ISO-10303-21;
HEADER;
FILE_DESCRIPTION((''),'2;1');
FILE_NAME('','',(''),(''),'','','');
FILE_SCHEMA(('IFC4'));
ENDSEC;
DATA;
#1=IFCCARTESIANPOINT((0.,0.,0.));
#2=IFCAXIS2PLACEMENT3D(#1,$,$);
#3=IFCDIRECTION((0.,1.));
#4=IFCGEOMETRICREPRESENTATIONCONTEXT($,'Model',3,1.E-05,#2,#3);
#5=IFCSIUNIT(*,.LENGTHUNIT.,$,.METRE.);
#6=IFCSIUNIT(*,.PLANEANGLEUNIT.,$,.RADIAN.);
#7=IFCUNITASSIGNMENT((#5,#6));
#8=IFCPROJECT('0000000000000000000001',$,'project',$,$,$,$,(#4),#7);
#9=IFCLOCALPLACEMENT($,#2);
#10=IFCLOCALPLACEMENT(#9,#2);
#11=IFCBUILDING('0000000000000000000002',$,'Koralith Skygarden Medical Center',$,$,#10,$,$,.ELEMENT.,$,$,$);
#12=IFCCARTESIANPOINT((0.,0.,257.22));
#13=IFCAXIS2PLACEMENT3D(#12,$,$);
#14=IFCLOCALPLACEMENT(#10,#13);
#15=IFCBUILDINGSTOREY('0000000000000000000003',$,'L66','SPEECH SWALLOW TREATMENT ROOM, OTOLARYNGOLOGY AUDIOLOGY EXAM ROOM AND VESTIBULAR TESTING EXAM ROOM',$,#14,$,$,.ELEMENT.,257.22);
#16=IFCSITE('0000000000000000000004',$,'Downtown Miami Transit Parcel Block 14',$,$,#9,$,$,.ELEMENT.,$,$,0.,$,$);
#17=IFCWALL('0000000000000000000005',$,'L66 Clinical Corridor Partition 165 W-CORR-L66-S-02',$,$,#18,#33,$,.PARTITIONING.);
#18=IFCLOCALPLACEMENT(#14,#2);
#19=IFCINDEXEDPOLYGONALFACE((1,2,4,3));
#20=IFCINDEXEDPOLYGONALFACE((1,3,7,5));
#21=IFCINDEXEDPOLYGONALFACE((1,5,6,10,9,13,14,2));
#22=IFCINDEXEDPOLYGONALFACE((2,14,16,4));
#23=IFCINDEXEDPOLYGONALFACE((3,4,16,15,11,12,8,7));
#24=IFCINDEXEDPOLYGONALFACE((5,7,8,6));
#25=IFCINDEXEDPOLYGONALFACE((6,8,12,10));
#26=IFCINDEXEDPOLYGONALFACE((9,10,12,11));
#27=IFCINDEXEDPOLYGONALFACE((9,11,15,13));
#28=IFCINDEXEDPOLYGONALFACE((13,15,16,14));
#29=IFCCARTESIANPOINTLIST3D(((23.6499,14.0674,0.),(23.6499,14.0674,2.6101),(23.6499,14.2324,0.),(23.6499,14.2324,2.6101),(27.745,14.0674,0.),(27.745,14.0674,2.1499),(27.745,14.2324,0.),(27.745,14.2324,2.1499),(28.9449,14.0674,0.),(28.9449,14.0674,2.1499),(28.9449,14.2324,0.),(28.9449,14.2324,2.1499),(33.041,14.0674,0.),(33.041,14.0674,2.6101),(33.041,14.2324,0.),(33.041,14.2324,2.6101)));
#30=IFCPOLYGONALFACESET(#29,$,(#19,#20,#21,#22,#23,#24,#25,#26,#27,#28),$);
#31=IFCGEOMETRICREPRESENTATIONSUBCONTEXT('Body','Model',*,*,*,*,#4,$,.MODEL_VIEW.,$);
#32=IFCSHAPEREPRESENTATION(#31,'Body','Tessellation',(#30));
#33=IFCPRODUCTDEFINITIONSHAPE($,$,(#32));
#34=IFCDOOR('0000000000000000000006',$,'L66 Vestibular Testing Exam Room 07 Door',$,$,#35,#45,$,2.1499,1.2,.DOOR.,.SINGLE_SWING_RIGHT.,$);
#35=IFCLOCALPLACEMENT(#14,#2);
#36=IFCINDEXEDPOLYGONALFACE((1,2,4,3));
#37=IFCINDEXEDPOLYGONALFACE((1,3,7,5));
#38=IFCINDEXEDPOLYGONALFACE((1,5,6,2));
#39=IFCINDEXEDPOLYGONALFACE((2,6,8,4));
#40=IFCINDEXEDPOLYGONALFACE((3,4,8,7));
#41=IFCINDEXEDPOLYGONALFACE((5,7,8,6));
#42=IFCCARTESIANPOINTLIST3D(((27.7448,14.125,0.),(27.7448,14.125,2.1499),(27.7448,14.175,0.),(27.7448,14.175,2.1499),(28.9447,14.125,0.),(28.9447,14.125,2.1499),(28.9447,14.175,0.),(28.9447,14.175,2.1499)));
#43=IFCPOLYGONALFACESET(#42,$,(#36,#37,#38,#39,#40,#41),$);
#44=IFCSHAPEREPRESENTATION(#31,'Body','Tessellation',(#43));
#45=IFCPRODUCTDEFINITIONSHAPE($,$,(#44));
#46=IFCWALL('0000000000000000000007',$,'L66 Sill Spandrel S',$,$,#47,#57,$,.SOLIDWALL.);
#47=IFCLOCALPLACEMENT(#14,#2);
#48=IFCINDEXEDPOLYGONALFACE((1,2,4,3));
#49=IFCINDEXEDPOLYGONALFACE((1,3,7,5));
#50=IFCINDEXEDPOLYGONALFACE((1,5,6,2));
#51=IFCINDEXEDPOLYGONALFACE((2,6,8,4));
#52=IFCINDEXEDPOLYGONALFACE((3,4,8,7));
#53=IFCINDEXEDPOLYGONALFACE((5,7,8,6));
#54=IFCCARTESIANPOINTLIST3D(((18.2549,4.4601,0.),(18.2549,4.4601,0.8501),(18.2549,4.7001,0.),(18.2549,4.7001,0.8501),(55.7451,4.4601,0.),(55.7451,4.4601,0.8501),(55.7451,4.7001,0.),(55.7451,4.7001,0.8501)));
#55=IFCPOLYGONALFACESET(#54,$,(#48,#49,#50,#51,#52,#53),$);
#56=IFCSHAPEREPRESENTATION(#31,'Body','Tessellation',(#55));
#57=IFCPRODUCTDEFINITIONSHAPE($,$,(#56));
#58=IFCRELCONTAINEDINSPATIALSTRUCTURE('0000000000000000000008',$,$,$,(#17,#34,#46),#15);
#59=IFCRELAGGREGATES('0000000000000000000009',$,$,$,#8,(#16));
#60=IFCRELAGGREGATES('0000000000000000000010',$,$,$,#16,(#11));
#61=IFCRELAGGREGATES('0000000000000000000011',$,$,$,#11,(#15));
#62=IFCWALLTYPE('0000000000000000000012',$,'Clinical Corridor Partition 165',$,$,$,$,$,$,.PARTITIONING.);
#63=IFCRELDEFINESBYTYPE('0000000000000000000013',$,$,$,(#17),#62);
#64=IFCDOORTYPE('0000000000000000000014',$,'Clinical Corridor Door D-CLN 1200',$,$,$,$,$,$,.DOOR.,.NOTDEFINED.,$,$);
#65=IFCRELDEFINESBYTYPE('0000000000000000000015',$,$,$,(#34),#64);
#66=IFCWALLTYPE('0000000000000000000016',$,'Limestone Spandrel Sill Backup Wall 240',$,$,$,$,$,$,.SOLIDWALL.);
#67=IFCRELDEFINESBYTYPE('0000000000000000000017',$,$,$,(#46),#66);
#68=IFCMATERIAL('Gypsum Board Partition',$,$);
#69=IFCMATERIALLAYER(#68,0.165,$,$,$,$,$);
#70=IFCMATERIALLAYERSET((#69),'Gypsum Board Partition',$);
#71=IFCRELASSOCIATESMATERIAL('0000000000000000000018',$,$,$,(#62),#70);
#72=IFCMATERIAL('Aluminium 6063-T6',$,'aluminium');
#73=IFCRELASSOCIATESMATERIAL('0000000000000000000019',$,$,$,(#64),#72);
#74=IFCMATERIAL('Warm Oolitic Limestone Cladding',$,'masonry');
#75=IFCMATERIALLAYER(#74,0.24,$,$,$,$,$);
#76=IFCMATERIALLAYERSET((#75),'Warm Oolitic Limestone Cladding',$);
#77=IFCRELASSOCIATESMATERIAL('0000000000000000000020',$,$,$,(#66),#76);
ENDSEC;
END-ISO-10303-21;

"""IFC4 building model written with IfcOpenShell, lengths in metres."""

from ifc_helpers import new_model, si_unit, direction, frame, frame_2d, origin, place, context, subcontext, project, spatial, rectangle, extrude, material, layer, layer_set, type_object, element, fill, save


model = new_model("IFC4")

# Units and contexts
model_context = context("Model", 3, precision=1e-05, world=origin(), true_north=direction((0.0, 1.0)))
body_context = subcontext(model_context, "Body", "Model", "MODEL_VIEW")
ifc_project = project(units=[si_unit("LENGTHUNIT", "METRE"), si_unit("PLANEANGLEUNIT", "RADIAN")], contexts=[model_context])

# Site, building, storey
site_placement = place(None, origin())
site = spatial("IfcSite", under=ifc_project, at=site_placement, Name="Downtown Miami Transit Parcel Block 14", CompositionType="ELEMENT", RefElevation=0.0)
building_placement = place(site_placement, origin())
building = spatial("IfcBuilding", under=site, at=building_placement, Name="Koralith Skygarden Medical Center", CompositionType="ELEMENT")
storey_placement = place(building_placement, frame((0.0, 0.0, 257.22)))
storey = spatial("IfcBuildingStorey", under=building, at=storey_placement, Name="L66", Description="SPEECH SWALLOW TREATMENT ROOM, OTOLARYNGOLOGY AUDIOLOGY EXAM ROOM AND VESTIBULAR TESTING EXAM ROOM", CompositionType="ELEMENT", Elevation=257.22)

# Shared definitions
ifc_material_1 = material(Name="Aluminium 6063-T6", Category="aluminium")

# Shared definitions
ifc_material_2 = material(Name="Gypsum Board Partition")

# Wall, opening, door
ifc_layer_1 = layer(ifc_material_2, 0.165)
ifc_layer_set_1 = layer_set([ifc_layer_1], Name="Gypsum Board Partition")
wall_type_1 = type_object("IfcWallType", Name="Clinical Corridor Partition 165", PredefinedType="PARTITIONING", material=ifc_layer_set_1)
wall_1_placement = place(storey_placement, frame((23.6499, 14.1499, 0.0), z_axis=(0.0, 0.0, 1.0), x_axis=(1.0, 0.0, 0.0)))
wall_1 = element("IfcWall", 1, at=wall_1_placement, inside=storey, type_object=wall_type_1, Name="L66 Clinical Corridor Partition 165 W-CORR-L66-S-02", PredefinedType="PARTITIONING", context=body_context, shape_type="SweptSolid", body=[
    extrude(rectangle(XDim=9.3911, YDim=0.165, at=frame_2d((4.6956, 0.0))), origin(), (0.0, 0.0, 1.0), 2.6101),
])
opening_1_placement = place(wall_1_placement, frame((4.095, 0.0, 0.0)))
opening_1 = element("IfcOpeningElement", 2, at=opening_1_placement, cuts=wall_1, PredefinedType="OPENING", context=body_context, shape_type="SweptSolid", body=[
    extrude(rectangle(XDim=1.2, YDim=2.1499, at=frame_2d((0.6001, 1.075))), frame((0.0, 0.0925, 0.0), z_axis=(0.0, -1.0, 0.0), x_axis=(1.0, 0.0, 0.0)), (0.0, 0.0, 1.0), 0.1851),
])
door_type_1 = type_object("IfcDoorType", Name="Clinical Corridor Door D-CLN 1200", OperationType="NOTDEFINED", PredefinedType="DOOR", material=ifc_material_1)
door_1_placement = place(opening_1_placement, frame((1.2, 0.0, 0.0), z_axis=(0.0, 0.0, 1.0), x_axis=(-1.0, 0.0, 0.0)))
door_1 = element("IfcDoor", 3, at=door_1_placement, inside=storey, type_object=door_type_1, Name="L66 Vestibular Testing Exam Room 07 Door", OperationType="SINGLE_SWING_RIGHT", OverallHeight=2.1499, OverallWidth=1.2, PredefinedType="DOOR", context=body_context, shape_type="SweptSolid", body=[
    extrude(rectangle(XDim=1.2, YDim=2.1499, at=frame_2d((0.6001, 1.075))), frame((0.0, 0.0249, 0.0), z_axis=(0.0, -1.0, 0.0), x_axis=(1.0, 0.0, 0.0)), (0.0, 0.0, 1.0), 0.05),
])
fill(opening_1, door_1)

# Wall
ifc_material_3 = material(Name="Warm Oolitic Limestone Cladding", Category="masonry")
ifc_layer_2 = layer(ifc_material_3, 0.24)
ifc_layer_set_2 = layer_set([ifc_layer_2], Name="Warm Oolitic Limestone Cladding")
wall_type_2 = type_object("IfcWallType", Name="Limestone Spandrel Sill Backup Wall 240", PredefinedType="SOLIDWALL", material=ifc_layer_set_2)
wall_2_placement = place(storey_placement, frame((18.2549, 4.5801, 0.0), z_axis=(0.0, 0.0, 1.0), x_axis=(1.0, 0.0, 0.0)))
element("IfcWall", 4, at=wall_2_placement, inside=storey, type_object=wall_type_2, Name="L66 Sill Spandrel S", PredefinedType="SOLIDWALL", context=body_context, shape_type="SweptSolid", body=[
    extrude(rectangle(XDim=37.4902, YDim=0.24, at=frame_2d((18.7451, 0.0))), origin(), (0.0, 0.0, 1.0), 0.8501),
])

save(model, "model.ifc")
